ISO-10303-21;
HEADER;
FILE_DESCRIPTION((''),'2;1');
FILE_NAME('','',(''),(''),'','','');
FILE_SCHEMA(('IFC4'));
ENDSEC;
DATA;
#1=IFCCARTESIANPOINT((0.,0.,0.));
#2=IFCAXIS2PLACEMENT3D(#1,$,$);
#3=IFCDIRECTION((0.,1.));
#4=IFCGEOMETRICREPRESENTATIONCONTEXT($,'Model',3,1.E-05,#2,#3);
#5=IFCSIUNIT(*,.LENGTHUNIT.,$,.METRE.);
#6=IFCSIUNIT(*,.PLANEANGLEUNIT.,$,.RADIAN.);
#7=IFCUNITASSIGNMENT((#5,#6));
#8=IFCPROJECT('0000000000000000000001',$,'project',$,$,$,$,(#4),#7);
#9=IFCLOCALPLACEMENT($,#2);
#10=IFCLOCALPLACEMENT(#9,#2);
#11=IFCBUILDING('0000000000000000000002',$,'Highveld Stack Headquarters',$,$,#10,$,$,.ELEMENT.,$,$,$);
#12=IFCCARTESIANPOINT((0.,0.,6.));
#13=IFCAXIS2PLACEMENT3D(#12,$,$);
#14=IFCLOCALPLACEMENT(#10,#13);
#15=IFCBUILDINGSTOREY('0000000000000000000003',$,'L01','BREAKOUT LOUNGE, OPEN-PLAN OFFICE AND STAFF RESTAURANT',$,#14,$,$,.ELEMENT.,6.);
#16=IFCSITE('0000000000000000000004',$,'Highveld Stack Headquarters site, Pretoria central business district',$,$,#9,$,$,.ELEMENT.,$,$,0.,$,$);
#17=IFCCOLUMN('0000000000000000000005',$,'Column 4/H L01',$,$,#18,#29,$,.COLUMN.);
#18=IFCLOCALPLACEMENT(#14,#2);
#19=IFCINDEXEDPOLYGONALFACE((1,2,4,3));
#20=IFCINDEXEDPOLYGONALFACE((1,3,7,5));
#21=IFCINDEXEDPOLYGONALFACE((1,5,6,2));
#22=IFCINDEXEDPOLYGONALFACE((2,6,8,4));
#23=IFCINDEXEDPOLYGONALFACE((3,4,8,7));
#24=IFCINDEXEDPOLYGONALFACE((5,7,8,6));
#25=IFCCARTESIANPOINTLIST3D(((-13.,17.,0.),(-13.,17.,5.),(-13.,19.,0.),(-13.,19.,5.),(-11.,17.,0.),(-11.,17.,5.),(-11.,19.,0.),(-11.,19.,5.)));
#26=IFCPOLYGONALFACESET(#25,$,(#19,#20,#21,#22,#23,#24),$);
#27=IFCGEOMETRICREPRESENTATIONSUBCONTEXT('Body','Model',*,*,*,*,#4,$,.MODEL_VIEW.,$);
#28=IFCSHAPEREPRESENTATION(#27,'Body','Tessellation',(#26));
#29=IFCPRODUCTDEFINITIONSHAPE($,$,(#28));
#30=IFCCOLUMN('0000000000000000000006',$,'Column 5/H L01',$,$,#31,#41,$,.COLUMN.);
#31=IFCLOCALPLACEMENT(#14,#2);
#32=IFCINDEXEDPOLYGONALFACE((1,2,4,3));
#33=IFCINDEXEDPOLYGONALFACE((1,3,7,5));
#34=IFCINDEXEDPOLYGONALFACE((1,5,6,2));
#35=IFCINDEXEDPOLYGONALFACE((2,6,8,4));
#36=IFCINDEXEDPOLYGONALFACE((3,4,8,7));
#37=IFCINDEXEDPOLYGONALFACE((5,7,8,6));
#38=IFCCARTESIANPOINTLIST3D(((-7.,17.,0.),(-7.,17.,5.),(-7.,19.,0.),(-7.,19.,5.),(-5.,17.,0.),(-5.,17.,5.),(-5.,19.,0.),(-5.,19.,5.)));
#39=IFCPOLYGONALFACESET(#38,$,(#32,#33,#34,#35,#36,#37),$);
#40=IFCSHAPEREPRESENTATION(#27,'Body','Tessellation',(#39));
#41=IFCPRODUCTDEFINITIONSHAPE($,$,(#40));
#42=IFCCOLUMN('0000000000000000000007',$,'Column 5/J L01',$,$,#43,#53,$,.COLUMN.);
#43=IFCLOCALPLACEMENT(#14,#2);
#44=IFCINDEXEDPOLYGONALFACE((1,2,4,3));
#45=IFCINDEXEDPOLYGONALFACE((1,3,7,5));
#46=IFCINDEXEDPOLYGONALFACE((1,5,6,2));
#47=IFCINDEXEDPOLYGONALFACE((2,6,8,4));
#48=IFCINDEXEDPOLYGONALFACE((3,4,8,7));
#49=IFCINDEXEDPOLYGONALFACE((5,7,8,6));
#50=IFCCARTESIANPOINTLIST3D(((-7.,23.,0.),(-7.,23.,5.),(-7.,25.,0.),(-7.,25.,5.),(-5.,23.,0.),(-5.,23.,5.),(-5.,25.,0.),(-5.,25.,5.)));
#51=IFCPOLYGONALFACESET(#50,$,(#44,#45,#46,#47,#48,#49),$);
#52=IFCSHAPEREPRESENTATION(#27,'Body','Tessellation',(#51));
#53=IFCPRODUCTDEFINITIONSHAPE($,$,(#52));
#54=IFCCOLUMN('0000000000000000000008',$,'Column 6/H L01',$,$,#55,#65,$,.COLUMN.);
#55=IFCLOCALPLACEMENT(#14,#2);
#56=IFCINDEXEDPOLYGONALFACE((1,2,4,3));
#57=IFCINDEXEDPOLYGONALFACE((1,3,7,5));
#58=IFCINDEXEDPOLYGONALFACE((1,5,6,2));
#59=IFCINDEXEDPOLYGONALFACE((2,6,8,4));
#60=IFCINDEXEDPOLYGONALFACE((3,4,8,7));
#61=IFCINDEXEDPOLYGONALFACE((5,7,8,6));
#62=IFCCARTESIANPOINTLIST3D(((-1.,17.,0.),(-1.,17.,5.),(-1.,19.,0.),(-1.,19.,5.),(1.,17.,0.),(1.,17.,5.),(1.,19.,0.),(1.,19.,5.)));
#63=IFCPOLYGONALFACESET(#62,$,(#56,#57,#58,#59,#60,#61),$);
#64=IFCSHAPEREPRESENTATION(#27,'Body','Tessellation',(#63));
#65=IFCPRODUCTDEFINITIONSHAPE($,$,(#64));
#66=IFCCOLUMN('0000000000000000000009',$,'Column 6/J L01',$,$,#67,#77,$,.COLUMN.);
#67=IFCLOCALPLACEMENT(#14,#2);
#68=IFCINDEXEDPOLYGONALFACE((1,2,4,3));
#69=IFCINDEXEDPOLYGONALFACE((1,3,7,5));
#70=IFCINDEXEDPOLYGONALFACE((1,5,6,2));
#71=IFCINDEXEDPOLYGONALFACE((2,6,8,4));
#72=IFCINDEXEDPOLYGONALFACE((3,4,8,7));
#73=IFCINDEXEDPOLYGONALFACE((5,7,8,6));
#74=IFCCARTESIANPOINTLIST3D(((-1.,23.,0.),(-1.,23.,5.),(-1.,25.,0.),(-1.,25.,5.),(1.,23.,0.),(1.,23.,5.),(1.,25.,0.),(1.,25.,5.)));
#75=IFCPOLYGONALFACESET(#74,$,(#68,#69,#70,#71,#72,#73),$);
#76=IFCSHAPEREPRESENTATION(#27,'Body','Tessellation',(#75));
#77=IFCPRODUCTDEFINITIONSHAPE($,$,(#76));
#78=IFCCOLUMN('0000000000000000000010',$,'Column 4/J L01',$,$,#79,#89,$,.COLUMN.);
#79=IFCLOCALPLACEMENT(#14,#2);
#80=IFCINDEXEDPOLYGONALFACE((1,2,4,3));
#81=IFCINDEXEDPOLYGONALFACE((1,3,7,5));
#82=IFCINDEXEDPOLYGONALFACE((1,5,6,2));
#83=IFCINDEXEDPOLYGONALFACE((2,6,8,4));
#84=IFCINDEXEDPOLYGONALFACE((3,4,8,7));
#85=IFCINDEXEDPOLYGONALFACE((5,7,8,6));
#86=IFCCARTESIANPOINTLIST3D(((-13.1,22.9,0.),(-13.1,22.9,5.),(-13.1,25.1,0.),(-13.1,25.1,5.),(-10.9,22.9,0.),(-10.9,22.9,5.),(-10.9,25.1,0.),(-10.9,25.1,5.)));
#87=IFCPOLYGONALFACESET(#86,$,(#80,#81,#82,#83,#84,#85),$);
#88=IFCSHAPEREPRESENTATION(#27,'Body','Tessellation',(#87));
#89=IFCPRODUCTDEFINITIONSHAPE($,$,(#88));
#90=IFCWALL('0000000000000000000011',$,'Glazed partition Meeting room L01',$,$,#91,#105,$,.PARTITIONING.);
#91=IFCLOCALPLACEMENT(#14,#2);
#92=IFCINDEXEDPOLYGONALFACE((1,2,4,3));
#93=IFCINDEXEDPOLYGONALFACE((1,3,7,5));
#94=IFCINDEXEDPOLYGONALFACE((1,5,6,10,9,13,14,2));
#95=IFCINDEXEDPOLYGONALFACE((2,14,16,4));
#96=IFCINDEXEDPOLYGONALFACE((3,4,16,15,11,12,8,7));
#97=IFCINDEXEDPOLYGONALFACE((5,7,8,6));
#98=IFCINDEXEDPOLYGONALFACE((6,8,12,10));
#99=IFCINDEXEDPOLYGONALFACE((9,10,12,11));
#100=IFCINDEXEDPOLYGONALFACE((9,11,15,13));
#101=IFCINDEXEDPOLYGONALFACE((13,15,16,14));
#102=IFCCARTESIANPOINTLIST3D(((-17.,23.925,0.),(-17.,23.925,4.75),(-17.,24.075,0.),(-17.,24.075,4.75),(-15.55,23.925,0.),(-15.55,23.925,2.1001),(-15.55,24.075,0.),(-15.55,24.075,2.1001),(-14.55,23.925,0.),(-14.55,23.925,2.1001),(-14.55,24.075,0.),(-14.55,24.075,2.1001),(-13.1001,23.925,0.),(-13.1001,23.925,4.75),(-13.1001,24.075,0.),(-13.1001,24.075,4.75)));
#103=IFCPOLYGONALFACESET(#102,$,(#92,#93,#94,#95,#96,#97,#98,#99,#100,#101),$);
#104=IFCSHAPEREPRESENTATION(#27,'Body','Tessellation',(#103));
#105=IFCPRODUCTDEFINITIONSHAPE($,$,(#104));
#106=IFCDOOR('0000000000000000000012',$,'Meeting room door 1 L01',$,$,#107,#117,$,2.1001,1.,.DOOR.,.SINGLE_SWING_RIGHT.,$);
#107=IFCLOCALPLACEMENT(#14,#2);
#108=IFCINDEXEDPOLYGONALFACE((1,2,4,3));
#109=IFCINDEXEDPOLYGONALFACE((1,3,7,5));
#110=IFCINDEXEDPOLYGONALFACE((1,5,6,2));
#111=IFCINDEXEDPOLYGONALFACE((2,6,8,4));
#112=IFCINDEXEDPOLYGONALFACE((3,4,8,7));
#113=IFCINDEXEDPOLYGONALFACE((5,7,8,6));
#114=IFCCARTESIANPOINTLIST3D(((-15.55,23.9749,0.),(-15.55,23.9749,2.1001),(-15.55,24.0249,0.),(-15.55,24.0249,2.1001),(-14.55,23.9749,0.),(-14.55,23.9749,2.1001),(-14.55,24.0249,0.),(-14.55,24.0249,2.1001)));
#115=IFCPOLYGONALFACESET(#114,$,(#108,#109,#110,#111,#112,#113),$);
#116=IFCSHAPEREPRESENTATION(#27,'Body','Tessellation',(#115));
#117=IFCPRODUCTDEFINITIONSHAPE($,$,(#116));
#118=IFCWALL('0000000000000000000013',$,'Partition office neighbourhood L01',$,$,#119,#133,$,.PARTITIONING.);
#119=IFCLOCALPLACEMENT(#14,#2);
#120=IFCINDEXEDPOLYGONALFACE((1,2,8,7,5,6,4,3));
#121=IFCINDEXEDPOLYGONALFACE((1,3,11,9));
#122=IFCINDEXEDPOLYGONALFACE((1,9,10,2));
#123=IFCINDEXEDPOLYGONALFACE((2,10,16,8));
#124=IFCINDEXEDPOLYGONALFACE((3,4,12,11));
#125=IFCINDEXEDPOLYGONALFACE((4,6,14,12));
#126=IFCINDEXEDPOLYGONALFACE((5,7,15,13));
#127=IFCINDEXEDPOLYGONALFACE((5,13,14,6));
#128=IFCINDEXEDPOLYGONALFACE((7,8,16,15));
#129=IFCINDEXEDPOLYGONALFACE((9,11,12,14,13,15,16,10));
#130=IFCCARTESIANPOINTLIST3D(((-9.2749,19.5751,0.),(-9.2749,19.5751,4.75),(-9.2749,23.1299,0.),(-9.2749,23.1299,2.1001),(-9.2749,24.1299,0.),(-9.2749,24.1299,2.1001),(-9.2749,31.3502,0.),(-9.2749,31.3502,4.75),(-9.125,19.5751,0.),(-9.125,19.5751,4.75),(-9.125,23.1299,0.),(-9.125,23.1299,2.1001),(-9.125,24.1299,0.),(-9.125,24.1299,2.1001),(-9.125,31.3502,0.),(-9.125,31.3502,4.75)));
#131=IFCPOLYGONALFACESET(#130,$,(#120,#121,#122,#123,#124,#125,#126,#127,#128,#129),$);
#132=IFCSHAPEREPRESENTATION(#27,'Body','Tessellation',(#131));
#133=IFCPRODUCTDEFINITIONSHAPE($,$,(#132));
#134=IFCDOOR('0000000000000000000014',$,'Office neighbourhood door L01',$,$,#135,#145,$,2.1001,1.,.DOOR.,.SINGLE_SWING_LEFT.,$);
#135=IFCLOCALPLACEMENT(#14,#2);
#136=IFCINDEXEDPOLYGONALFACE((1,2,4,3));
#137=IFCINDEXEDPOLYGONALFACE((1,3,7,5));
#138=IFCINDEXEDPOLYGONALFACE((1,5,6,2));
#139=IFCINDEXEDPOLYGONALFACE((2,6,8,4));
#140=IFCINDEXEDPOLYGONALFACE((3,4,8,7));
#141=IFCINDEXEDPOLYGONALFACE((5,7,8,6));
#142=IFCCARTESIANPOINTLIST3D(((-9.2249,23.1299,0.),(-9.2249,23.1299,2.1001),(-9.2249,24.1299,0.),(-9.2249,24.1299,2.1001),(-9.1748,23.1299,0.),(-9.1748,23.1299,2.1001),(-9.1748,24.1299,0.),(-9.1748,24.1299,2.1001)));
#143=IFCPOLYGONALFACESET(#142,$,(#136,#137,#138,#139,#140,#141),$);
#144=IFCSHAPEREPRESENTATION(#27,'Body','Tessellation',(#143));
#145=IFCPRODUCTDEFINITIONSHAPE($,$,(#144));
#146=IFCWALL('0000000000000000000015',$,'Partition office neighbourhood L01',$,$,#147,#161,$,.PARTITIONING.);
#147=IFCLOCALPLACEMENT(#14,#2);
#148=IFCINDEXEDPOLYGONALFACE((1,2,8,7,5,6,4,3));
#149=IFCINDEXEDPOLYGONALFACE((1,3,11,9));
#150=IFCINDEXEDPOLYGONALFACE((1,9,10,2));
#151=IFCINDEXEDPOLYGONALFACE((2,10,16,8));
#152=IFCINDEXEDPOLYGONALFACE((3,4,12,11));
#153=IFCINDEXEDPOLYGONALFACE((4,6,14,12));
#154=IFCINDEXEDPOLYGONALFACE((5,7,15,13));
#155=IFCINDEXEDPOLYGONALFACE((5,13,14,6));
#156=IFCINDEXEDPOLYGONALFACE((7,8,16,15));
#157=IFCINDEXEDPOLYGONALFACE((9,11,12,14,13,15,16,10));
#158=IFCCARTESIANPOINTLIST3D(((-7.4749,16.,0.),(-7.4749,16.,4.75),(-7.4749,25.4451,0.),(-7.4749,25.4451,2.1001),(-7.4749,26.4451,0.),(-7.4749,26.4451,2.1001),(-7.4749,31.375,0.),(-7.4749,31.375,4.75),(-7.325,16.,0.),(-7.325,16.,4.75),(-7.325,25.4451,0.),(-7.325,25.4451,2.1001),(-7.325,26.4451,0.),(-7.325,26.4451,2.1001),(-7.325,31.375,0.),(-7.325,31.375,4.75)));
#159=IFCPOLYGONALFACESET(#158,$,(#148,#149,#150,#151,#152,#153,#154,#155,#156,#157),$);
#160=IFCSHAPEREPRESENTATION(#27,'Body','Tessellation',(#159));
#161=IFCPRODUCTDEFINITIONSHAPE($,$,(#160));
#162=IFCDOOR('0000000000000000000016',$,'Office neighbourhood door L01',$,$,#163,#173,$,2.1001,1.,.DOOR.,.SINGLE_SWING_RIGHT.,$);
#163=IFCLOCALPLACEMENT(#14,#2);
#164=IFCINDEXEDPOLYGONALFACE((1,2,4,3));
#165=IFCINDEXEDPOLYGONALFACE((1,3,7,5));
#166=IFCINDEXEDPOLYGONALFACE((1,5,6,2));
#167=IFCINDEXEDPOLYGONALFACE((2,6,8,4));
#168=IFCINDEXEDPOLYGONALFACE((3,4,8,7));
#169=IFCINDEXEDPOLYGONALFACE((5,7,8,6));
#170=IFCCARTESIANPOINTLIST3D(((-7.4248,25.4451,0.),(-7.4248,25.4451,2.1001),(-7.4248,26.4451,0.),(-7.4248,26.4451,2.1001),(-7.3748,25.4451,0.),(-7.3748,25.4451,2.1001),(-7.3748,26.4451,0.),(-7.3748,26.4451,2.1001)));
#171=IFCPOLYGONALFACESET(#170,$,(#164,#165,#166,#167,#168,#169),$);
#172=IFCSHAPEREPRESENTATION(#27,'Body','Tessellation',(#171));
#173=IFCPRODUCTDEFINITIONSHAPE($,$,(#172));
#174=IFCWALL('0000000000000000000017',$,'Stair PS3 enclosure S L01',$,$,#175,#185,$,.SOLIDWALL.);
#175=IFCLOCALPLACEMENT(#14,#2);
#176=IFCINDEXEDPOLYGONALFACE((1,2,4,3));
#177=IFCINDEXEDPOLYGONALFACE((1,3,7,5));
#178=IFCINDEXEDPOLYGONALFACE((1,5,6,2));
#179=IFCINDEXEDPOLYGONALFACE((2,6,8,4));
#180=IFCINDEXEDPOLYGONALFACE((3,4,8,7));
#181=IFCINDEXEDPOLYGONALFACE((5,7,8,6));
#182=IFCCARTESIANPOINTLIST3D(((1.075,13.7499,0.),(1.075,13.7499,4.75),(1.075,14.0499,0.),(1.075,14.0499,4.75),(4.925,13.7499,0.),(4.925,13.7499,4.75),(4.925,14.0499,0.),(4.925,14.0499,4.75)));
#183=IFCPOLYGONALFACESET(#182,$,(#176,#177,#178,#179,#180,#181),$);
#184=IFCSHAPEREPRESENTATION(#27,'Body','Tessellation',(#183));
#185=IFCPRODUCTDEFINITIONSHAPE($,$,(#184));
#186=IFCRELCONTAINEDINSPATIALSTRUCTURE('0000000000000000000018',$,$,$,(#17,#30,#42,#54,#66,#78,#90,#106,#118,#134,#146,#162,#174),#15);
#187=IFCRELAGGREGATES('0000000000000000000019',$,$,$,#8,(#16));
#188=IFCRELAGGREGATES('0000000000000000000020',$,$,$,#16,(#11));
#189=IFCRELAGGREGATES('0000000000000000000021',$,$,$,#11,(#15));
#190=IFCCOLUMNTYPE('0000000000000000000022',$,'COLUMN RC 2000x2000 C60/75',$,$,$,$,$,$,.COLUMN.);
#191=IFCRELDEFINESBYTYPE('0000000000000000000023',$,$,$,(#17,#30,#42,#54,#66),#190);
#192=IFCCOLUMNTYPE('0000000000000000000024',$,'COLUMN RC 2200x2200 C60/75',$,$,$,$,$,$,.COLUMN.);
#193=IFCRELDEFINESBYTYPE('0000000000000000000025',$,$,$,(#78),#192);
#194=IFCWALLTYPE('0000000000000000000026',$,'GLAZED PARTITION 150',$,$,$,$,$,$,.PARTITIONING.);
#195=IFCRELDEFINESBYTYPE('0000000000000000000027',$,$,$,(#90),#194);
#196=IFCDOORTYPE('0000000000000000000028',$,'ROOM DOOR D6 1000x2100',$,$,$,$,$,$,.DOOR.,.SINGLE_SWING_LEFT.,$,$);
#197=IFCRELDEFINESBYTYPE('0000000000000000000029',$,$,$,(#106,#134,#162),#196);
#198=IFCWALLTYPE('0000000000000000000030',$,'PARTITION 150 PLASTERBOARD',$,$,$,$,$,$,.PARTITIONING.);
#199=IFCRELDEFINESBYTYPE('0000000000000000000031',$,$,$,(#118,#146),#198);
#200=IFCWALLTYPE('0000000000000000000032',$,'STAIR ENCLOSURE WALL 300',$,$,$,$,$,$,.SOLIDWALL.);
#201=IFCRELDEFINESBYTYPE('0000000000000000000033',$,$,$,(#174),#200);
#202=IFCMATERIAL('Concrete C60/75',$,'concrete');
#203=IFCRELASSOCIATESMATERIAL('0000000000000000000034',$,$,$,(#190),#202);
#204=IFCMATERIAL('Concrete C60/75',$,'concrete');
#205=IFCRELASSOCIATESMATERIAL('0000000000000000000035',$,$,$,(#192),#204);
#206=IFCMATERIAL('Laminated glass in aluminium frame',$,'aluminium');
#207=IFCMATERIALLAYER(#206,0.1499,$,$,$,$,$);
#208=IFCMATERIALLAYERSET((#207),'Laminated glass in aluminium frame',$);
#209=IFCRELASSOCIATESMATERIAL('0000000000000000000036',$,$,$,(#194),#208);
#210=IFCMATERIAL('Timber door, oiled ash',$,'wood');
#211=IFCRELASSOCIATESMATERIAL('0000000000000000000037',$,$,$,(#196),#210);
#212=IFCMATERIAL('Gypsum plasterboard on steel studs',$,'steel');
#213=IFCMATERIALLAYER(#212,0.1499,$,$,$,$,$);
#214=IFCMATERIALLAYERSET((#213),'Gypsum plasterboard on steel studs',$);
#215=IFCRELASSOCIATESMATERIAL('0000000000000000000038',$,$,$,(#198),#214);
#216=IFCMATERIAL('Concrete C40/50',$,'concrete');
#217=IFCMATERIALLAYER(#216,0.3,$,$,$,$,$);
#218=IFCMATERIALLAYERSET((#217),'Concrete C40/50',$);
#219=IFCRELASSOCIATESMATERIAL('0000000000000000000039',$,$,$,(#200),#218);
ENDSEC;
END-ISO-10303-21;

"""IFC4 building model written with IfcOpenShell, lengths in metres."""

from ifc_helpers import new_model, si_unit, direction, frame, frame_2d, origin, origin_2d, place, context, subcontext, project, spatial, rectangle, extrude, material, layer, layer_set, material_profile, profile_set, type_object, element, fill, save


model = new_model("IFC4")

# Units and contexts
model_context = context("Model", 3, precision=1e-05, world=origin(), true_north=direction((0.0, 1.0)))
body_context = subcontext(model_context, "Body", "Model", "MODEL_VIEW")
ifc_project = project(units=[si_unit("LENGTHUNIT", "METRE"), si_unit("PLANEANGLEUNIT", "RADIAN")], contexts=[model_context])

# Site, building, storey
site_placement = place(None, origin())
site = spatial("IfcSite", under=ifc_project, at=site_placement, Name="Highveld Stack Headquarters site, Pretoria central business district", CompositionType="ELEMENT", RefElevation=0.0)
building_placement = place(site_placement, origin())
building = spatial("IfcBuilding", under=site, at=building_placement, Name="Highveld Stack Headquarters", CompositionType="ELEMENT")
storey_placement = place(building_placement, frame((0.0, 0.0, 6.0)))
storey = spatial("IfcBuildingStorey", under=building, at=storey_placement, Name="L01", Description="BREAKOUT LOUNGE, OPEN-PLAN OFFICE AND STAFF RESTAURANT", CompositionType="ELEMENT", Elevation=6.0)

# Columns
ifc_material_1 = material(Name="Concrete C60/75", Category="concrete")
ifc_material_profile_1 = material_profile(ifc_material_1, rectangle(XDim=2.0, YDim=2.0, at=origin_2d()), Name="RC 2000x2000")
ifc_profile_set_1 = profile_set([ifc_material_profile_1], Name="Concrete C60/75")
column_type_1 = type_object("IfcColumnType", Name="COLUMN RC 2000x2000 C60/75", PredefinedType="COLUMN", material=ifc_profile_set_1)
for number, where, z_axis, x_axis, name in (
    (1, (-12.0, 18.0, 0.0), (0.0, 0.0, 1.0), (1.0, 0.0, 0.0), "Column 4/H L01"),
    (2, (-6.0, 18.0, 0.0), (0.0, 0.0, 1.0), (1.0, 0.0, 0.0), "Column 5/H L01"),
    (3, (-6.0, 24.0, 0.0), (0.0, 0.0, 1.0), (1.0, 0.0, 0.0), "Column 5/J L01"),
    (4, (0.0, 18.0, 0.0), (0.0, 0.0, 1.0), (1.0, 0.0, 0.0), "Column 6/H L01"),
    (5, (0.0, 24.0, 0.0), (0.0, 0.0, 1.0), (1.0, 0.0, 0.0), "Column 6/J L01"),
):
    element("IfcColumn", number, at=place(storey_placement, frame(where, z_axis=z_axis, x_axis=x_axis)), inside=storey, type_object=column_type_1, Name=name, PredefinedType="COLUMN", context=body_context, shape_type="SweptSolid", body=[
        extrude(rectangle(XDim=2.0, YDim=2.0, at=origin_2d()), origin(), (0.0, 0.0, 1.0), 5.0),
    ])
ifc_material_2 = material(Name="Concrete C60/75", Category="concrete")
ifc_material_profile_2 = material_profile(ifc_material_2, rectangle(XDim=2.2, YDim=2.2, at=origin_2d()), Name="RC 2200x2200")
ifc_profile_set_2 = profile_set([ifc_material_profile_2], Name="Concrete C60/75")
column_type_2 = type_object("IfcColumnType", Name="COLUMN RC 2200x2200 C60/75", PredefinedType="COLUMN", material=ifc_profile_set_2)
column_placement = place(storey_placement, frame((-12.0, 24.0, 0.0), z_axis=(0.0, 0.0, 1.0), x_axis=(1.0, 0.0, 0.0)))
element("IfcColumn", 6, at=column_placement, inside=storey, type_object=column_type_2, Name="Column 4/J L01", PredefinedType="COLUMN", context=body_context, shape_type="SweptSolid", body=[
    extrude(rectangle(XDim=2.2, YDim=2.2, at=origin_2d()), origin(), (0.0, 0.0, 1.0), 5.0),
])

# Walls, openings, doors
ifc_material_3 = material(Name="Laminated glass in aluminium frame", Category="aluminium")
ifc_layer_1 = layer(ifc_material_3, 0.1499)
ifc_layer_set_1 = layer_set([ifc_layer_1], Name="Laminated glass in aluminium frame")
wall_type_1 = type_object("IfcWallType", Name="GLAZED PARTITION 150", PredefinedType="PARTITIONING", material=ifc_layer_set_1)
wall_1_placement = place(storey_placement, frame((-17.0, 24.0, 0.0), z_axis=(0.0, 0.0, 1.0), x_axis=(1.0, 0.0, 0.0)))
wall_1 = element("IfcWall", 7, at=wall_1_placement, inside=storey, type_object=wall_type_1, Name="Glazed partition Meeting room L01", PredefinedType="PARTITIONING", context=body_context, shape_type="SweptSolid", body=[
    extrude(rectangle(XDim=3.8999, YDim=0.1499, at=frame_2d((1.95, 0.0))), origin(), (0.0, 0.0, 1.0), 4.75),
])
opening_1_placement = place(wall_1_placement, frame((1.45, 0.0, 0.0)))
opening_1 = element("IfcOpeningElement", 8, at=opening_1_placement, cuts=wall_1, PredefinedType="OPENING", context=body_context, shape_type="SweptSolid", body=[
    extrude(rectangle(XDim=1.0, YDim=2.1001, at=frame_2d((0.5, 1.05))), frame((0.0, 0.085, 0.0), z_axis=(0.0, -1.0, 0.0), x_axis=(1.0, 0.0, 0.0)), (0.0, 0.0, 1.0), 0.1699),
])
ifc_material_4 = material(Name="Timber door, oiled ash", Category="wood")
door_type_1 = type_object("IfcDoorType", Name="ROOM DOOR D6 1000x2100", OperationType="SINGLE_SWING_LEFT", PredefinedType="DOOR", material=ifc_material_4)
door_1_placement = place(opening_1_placement, origin())
door_1 = element("IfcDoor", 9, at=door_1_placement, inside=storey, type_object=door_type_1, Name="Meeting room door 1 L01", OperationType="SINGLE_SWING_RIGHT", OverallHeight=2.1001, OverallWidth=1.0, PredefinedType="DOOR", context=body_context, shape_type="SweptSolid", body=[
    extrude(rectangle(XDim=1.0, YDim=2.1001, at=frame_2d((0.5, 1.05))), frame((0.0, 0.0249, 0.0), z_axis=(0.0, -1.0, 0.0), x_axis=(1.0, 0.0, 0.0)), (0.0, 0.0, 1.0), 0.05),
])
fill(opening_1, door_1)
ifc_material_5 = material(Name="Gypsum plasterboard on steel studs", Category="steel")
ifc_layer_2 = layer(ifc_material_5, 0.1499)
ifc_layer_set_2 = layer_set([ifc_layer_2], Name="Gypsum plasterboard on steel studs")
wall_type_2 = type_object("IfcWallType", Name="PARTITION 150 PLASTERBOARD", PredefinedType="PARTITIONING", material=ifc_layer_set_2)
wall_2_placement = place(storey_placement, frame((-9.2, 19.575, 0.0), z_axis=(0.0, 0.0, 1.0), x_axis=(0.0, 1.0, 0.0)))
wall_2 = element("IfcWall", 10, at=wall_2_placement, inside=storey, type_object=wall_type_2, Name="Partition office neighbourhood L01", PredefinedType="PARTITIONING", context=body_context, shape_type="SweptSolid", body=[
    extrude(rectangle(XDim=11.7751, YDim=0.1499, at=frame_2d((5.8877, 0.0))), origin(), (0.0, 0.0, 1.0), 4.75),
])
opening_2_placement = place(wall_2_placement, frame((3.5549, 0.0, 0.0)))
opening_2 = element("IfcOpeningElement", 11, at=opening_2_placement, cuts=wall_2, PredefinedType="OPENING", context=body_context, shape_type="SweptSolid", body=[
    extrude(rectangle(XDim=1.0, YDim=2.1001, at=frame_2d((0.5, 1.05))), frame((0.0, 0.085, 0.0), z_axis=(0.0, -1.0, 0.0), x_axis=(1.0, 0.0, 0.0)), (0.0, 0.0, 1.0), 0.1699),
])
door_2_placement = place(opening_2_placement, origin())
door_2 = element("IfcDoor", 12, at=door_2_placement, inside=storey, type_object=door_type_1, Name="Office neighbourhood door L01", OperationType="SINGLE_SWING_LEFT", OverallHeight=2.1001, OverallWidth=1.0, PredefinedType="DOOR", context=body_context, shape_type="SweptSolid", body=[
    extrude(rectangle(XDim=1.0, YDim=2.1001, at=frame_2d((0.5, 1.05))), frame((0.0, 0.0249, 0.0), z_axis=(0.0, -1.0, 0.0), x_axis=(1.0, 0.0, 0.0)), (0.0, 0.0, 1.0), 0.05),
])
fill(opening_2, door_2)
wall_3_placement = place(storey_placement, frame((-7.3999, 16.0, 0.0), z_axis=(0.0, 0.0, 1.0), x_axis=(0.0, 1.0, 0.0)))
wall_3 = element("IfcWall", 13, at=wall_3_placement, inside=storey, type_object=wall_type_2, Name="Partition office neighbourhood L01", PredefinedType="PARTITIONING", context=body_context, shape_type="SweptSolid", body=[
    extrude(rectangle(XDim=15.375, YDim=0.1499, at=frame_2d((7.6875, 0.0))), origin(), (0.0, 0.0, 1.0), 4.75),
])
opening_3_placement = place(wall_3_placement, frame((9.4451, 0.0, 0.0)))
opening_3 = element("IfcOpeningElement", 14, at=opening_3_placement, cuts=wall_3, PredefinedType="OPENING", context=body_context, shape_type="SweptSolid", body=[
    extrude(rectangle(XDim=1.0, YDim=2.1001, at=frame_2d((0.5, 1.05))), frame((0.0, 0.085, 0.0), z_axis=(0.0, -1.0, 0.0), x_axis=(1.0, 0.0, 0.0)), (0.0, 0.0, 1.0), 0.1699),
])
door_3_placement = place(opening_3_placement, origin())
door_3 = element("IfcDoor", 15, at=door_3_placement, inside=storey, type_object=door_type_1, Name="Office neighbourhood door L01", OperationType="SINGLE_SWING_RIGHT", OverallHeight=2.1001, OverallWidth=1.0, PredefinedType="DOOR", context=body_context, shape_type="SweptSolid", body=[
    extrude(rectangle(XDim=1.0, YDim=2.1001, at=frame_2d((0.5, 1.05))), frame((0.0, 0.0249, 0.0), z_axis=(0.0, -1.0, 0.0), x_axis=(1.0, 0.0, 0.0)), (0.0, 0.0, 1.0), 0.05),
])
fill(opening_3, door_3)

# Wall
ifc_material_6 = material(Name="Concrete C40/50", Category="concrete")
ifc_layer_3 = layer(ifc_material_6, 0.3)
ifc_layer_set_3 = layer_set([ifc_layer_3], Name="Concrete C40/50")
wall_type_3 = type_object("IfcWallType", Name="STAIR ENCLOSURE WALL 300", PredefinedType="SOLIDWALL", material=ifc_layer_set_3)
wall_4_placement = place(storey_placement, frame((1.075, 13.8999, 0.0), z_axis=(0.0, 0.0, 1.0), x_axis=(1.0, 0.0, 0.0)))
element("IfcWall", 16, at=wall_4_placement, inside=storey, type_object=wall_type_3, Name="Stair PS3 enclosure S L01", PredefinedType="SOLIDWALL", context=body_context, shape_type="SweptSolid", body=[
    extrude(rectangle(XDim=3.8501, YDim=0.3, at=frame_2d((1.925, 0.0))), origin(), (0.0, 0.0, 1.0), 4.75),
])

save(model, "model.ifc")
